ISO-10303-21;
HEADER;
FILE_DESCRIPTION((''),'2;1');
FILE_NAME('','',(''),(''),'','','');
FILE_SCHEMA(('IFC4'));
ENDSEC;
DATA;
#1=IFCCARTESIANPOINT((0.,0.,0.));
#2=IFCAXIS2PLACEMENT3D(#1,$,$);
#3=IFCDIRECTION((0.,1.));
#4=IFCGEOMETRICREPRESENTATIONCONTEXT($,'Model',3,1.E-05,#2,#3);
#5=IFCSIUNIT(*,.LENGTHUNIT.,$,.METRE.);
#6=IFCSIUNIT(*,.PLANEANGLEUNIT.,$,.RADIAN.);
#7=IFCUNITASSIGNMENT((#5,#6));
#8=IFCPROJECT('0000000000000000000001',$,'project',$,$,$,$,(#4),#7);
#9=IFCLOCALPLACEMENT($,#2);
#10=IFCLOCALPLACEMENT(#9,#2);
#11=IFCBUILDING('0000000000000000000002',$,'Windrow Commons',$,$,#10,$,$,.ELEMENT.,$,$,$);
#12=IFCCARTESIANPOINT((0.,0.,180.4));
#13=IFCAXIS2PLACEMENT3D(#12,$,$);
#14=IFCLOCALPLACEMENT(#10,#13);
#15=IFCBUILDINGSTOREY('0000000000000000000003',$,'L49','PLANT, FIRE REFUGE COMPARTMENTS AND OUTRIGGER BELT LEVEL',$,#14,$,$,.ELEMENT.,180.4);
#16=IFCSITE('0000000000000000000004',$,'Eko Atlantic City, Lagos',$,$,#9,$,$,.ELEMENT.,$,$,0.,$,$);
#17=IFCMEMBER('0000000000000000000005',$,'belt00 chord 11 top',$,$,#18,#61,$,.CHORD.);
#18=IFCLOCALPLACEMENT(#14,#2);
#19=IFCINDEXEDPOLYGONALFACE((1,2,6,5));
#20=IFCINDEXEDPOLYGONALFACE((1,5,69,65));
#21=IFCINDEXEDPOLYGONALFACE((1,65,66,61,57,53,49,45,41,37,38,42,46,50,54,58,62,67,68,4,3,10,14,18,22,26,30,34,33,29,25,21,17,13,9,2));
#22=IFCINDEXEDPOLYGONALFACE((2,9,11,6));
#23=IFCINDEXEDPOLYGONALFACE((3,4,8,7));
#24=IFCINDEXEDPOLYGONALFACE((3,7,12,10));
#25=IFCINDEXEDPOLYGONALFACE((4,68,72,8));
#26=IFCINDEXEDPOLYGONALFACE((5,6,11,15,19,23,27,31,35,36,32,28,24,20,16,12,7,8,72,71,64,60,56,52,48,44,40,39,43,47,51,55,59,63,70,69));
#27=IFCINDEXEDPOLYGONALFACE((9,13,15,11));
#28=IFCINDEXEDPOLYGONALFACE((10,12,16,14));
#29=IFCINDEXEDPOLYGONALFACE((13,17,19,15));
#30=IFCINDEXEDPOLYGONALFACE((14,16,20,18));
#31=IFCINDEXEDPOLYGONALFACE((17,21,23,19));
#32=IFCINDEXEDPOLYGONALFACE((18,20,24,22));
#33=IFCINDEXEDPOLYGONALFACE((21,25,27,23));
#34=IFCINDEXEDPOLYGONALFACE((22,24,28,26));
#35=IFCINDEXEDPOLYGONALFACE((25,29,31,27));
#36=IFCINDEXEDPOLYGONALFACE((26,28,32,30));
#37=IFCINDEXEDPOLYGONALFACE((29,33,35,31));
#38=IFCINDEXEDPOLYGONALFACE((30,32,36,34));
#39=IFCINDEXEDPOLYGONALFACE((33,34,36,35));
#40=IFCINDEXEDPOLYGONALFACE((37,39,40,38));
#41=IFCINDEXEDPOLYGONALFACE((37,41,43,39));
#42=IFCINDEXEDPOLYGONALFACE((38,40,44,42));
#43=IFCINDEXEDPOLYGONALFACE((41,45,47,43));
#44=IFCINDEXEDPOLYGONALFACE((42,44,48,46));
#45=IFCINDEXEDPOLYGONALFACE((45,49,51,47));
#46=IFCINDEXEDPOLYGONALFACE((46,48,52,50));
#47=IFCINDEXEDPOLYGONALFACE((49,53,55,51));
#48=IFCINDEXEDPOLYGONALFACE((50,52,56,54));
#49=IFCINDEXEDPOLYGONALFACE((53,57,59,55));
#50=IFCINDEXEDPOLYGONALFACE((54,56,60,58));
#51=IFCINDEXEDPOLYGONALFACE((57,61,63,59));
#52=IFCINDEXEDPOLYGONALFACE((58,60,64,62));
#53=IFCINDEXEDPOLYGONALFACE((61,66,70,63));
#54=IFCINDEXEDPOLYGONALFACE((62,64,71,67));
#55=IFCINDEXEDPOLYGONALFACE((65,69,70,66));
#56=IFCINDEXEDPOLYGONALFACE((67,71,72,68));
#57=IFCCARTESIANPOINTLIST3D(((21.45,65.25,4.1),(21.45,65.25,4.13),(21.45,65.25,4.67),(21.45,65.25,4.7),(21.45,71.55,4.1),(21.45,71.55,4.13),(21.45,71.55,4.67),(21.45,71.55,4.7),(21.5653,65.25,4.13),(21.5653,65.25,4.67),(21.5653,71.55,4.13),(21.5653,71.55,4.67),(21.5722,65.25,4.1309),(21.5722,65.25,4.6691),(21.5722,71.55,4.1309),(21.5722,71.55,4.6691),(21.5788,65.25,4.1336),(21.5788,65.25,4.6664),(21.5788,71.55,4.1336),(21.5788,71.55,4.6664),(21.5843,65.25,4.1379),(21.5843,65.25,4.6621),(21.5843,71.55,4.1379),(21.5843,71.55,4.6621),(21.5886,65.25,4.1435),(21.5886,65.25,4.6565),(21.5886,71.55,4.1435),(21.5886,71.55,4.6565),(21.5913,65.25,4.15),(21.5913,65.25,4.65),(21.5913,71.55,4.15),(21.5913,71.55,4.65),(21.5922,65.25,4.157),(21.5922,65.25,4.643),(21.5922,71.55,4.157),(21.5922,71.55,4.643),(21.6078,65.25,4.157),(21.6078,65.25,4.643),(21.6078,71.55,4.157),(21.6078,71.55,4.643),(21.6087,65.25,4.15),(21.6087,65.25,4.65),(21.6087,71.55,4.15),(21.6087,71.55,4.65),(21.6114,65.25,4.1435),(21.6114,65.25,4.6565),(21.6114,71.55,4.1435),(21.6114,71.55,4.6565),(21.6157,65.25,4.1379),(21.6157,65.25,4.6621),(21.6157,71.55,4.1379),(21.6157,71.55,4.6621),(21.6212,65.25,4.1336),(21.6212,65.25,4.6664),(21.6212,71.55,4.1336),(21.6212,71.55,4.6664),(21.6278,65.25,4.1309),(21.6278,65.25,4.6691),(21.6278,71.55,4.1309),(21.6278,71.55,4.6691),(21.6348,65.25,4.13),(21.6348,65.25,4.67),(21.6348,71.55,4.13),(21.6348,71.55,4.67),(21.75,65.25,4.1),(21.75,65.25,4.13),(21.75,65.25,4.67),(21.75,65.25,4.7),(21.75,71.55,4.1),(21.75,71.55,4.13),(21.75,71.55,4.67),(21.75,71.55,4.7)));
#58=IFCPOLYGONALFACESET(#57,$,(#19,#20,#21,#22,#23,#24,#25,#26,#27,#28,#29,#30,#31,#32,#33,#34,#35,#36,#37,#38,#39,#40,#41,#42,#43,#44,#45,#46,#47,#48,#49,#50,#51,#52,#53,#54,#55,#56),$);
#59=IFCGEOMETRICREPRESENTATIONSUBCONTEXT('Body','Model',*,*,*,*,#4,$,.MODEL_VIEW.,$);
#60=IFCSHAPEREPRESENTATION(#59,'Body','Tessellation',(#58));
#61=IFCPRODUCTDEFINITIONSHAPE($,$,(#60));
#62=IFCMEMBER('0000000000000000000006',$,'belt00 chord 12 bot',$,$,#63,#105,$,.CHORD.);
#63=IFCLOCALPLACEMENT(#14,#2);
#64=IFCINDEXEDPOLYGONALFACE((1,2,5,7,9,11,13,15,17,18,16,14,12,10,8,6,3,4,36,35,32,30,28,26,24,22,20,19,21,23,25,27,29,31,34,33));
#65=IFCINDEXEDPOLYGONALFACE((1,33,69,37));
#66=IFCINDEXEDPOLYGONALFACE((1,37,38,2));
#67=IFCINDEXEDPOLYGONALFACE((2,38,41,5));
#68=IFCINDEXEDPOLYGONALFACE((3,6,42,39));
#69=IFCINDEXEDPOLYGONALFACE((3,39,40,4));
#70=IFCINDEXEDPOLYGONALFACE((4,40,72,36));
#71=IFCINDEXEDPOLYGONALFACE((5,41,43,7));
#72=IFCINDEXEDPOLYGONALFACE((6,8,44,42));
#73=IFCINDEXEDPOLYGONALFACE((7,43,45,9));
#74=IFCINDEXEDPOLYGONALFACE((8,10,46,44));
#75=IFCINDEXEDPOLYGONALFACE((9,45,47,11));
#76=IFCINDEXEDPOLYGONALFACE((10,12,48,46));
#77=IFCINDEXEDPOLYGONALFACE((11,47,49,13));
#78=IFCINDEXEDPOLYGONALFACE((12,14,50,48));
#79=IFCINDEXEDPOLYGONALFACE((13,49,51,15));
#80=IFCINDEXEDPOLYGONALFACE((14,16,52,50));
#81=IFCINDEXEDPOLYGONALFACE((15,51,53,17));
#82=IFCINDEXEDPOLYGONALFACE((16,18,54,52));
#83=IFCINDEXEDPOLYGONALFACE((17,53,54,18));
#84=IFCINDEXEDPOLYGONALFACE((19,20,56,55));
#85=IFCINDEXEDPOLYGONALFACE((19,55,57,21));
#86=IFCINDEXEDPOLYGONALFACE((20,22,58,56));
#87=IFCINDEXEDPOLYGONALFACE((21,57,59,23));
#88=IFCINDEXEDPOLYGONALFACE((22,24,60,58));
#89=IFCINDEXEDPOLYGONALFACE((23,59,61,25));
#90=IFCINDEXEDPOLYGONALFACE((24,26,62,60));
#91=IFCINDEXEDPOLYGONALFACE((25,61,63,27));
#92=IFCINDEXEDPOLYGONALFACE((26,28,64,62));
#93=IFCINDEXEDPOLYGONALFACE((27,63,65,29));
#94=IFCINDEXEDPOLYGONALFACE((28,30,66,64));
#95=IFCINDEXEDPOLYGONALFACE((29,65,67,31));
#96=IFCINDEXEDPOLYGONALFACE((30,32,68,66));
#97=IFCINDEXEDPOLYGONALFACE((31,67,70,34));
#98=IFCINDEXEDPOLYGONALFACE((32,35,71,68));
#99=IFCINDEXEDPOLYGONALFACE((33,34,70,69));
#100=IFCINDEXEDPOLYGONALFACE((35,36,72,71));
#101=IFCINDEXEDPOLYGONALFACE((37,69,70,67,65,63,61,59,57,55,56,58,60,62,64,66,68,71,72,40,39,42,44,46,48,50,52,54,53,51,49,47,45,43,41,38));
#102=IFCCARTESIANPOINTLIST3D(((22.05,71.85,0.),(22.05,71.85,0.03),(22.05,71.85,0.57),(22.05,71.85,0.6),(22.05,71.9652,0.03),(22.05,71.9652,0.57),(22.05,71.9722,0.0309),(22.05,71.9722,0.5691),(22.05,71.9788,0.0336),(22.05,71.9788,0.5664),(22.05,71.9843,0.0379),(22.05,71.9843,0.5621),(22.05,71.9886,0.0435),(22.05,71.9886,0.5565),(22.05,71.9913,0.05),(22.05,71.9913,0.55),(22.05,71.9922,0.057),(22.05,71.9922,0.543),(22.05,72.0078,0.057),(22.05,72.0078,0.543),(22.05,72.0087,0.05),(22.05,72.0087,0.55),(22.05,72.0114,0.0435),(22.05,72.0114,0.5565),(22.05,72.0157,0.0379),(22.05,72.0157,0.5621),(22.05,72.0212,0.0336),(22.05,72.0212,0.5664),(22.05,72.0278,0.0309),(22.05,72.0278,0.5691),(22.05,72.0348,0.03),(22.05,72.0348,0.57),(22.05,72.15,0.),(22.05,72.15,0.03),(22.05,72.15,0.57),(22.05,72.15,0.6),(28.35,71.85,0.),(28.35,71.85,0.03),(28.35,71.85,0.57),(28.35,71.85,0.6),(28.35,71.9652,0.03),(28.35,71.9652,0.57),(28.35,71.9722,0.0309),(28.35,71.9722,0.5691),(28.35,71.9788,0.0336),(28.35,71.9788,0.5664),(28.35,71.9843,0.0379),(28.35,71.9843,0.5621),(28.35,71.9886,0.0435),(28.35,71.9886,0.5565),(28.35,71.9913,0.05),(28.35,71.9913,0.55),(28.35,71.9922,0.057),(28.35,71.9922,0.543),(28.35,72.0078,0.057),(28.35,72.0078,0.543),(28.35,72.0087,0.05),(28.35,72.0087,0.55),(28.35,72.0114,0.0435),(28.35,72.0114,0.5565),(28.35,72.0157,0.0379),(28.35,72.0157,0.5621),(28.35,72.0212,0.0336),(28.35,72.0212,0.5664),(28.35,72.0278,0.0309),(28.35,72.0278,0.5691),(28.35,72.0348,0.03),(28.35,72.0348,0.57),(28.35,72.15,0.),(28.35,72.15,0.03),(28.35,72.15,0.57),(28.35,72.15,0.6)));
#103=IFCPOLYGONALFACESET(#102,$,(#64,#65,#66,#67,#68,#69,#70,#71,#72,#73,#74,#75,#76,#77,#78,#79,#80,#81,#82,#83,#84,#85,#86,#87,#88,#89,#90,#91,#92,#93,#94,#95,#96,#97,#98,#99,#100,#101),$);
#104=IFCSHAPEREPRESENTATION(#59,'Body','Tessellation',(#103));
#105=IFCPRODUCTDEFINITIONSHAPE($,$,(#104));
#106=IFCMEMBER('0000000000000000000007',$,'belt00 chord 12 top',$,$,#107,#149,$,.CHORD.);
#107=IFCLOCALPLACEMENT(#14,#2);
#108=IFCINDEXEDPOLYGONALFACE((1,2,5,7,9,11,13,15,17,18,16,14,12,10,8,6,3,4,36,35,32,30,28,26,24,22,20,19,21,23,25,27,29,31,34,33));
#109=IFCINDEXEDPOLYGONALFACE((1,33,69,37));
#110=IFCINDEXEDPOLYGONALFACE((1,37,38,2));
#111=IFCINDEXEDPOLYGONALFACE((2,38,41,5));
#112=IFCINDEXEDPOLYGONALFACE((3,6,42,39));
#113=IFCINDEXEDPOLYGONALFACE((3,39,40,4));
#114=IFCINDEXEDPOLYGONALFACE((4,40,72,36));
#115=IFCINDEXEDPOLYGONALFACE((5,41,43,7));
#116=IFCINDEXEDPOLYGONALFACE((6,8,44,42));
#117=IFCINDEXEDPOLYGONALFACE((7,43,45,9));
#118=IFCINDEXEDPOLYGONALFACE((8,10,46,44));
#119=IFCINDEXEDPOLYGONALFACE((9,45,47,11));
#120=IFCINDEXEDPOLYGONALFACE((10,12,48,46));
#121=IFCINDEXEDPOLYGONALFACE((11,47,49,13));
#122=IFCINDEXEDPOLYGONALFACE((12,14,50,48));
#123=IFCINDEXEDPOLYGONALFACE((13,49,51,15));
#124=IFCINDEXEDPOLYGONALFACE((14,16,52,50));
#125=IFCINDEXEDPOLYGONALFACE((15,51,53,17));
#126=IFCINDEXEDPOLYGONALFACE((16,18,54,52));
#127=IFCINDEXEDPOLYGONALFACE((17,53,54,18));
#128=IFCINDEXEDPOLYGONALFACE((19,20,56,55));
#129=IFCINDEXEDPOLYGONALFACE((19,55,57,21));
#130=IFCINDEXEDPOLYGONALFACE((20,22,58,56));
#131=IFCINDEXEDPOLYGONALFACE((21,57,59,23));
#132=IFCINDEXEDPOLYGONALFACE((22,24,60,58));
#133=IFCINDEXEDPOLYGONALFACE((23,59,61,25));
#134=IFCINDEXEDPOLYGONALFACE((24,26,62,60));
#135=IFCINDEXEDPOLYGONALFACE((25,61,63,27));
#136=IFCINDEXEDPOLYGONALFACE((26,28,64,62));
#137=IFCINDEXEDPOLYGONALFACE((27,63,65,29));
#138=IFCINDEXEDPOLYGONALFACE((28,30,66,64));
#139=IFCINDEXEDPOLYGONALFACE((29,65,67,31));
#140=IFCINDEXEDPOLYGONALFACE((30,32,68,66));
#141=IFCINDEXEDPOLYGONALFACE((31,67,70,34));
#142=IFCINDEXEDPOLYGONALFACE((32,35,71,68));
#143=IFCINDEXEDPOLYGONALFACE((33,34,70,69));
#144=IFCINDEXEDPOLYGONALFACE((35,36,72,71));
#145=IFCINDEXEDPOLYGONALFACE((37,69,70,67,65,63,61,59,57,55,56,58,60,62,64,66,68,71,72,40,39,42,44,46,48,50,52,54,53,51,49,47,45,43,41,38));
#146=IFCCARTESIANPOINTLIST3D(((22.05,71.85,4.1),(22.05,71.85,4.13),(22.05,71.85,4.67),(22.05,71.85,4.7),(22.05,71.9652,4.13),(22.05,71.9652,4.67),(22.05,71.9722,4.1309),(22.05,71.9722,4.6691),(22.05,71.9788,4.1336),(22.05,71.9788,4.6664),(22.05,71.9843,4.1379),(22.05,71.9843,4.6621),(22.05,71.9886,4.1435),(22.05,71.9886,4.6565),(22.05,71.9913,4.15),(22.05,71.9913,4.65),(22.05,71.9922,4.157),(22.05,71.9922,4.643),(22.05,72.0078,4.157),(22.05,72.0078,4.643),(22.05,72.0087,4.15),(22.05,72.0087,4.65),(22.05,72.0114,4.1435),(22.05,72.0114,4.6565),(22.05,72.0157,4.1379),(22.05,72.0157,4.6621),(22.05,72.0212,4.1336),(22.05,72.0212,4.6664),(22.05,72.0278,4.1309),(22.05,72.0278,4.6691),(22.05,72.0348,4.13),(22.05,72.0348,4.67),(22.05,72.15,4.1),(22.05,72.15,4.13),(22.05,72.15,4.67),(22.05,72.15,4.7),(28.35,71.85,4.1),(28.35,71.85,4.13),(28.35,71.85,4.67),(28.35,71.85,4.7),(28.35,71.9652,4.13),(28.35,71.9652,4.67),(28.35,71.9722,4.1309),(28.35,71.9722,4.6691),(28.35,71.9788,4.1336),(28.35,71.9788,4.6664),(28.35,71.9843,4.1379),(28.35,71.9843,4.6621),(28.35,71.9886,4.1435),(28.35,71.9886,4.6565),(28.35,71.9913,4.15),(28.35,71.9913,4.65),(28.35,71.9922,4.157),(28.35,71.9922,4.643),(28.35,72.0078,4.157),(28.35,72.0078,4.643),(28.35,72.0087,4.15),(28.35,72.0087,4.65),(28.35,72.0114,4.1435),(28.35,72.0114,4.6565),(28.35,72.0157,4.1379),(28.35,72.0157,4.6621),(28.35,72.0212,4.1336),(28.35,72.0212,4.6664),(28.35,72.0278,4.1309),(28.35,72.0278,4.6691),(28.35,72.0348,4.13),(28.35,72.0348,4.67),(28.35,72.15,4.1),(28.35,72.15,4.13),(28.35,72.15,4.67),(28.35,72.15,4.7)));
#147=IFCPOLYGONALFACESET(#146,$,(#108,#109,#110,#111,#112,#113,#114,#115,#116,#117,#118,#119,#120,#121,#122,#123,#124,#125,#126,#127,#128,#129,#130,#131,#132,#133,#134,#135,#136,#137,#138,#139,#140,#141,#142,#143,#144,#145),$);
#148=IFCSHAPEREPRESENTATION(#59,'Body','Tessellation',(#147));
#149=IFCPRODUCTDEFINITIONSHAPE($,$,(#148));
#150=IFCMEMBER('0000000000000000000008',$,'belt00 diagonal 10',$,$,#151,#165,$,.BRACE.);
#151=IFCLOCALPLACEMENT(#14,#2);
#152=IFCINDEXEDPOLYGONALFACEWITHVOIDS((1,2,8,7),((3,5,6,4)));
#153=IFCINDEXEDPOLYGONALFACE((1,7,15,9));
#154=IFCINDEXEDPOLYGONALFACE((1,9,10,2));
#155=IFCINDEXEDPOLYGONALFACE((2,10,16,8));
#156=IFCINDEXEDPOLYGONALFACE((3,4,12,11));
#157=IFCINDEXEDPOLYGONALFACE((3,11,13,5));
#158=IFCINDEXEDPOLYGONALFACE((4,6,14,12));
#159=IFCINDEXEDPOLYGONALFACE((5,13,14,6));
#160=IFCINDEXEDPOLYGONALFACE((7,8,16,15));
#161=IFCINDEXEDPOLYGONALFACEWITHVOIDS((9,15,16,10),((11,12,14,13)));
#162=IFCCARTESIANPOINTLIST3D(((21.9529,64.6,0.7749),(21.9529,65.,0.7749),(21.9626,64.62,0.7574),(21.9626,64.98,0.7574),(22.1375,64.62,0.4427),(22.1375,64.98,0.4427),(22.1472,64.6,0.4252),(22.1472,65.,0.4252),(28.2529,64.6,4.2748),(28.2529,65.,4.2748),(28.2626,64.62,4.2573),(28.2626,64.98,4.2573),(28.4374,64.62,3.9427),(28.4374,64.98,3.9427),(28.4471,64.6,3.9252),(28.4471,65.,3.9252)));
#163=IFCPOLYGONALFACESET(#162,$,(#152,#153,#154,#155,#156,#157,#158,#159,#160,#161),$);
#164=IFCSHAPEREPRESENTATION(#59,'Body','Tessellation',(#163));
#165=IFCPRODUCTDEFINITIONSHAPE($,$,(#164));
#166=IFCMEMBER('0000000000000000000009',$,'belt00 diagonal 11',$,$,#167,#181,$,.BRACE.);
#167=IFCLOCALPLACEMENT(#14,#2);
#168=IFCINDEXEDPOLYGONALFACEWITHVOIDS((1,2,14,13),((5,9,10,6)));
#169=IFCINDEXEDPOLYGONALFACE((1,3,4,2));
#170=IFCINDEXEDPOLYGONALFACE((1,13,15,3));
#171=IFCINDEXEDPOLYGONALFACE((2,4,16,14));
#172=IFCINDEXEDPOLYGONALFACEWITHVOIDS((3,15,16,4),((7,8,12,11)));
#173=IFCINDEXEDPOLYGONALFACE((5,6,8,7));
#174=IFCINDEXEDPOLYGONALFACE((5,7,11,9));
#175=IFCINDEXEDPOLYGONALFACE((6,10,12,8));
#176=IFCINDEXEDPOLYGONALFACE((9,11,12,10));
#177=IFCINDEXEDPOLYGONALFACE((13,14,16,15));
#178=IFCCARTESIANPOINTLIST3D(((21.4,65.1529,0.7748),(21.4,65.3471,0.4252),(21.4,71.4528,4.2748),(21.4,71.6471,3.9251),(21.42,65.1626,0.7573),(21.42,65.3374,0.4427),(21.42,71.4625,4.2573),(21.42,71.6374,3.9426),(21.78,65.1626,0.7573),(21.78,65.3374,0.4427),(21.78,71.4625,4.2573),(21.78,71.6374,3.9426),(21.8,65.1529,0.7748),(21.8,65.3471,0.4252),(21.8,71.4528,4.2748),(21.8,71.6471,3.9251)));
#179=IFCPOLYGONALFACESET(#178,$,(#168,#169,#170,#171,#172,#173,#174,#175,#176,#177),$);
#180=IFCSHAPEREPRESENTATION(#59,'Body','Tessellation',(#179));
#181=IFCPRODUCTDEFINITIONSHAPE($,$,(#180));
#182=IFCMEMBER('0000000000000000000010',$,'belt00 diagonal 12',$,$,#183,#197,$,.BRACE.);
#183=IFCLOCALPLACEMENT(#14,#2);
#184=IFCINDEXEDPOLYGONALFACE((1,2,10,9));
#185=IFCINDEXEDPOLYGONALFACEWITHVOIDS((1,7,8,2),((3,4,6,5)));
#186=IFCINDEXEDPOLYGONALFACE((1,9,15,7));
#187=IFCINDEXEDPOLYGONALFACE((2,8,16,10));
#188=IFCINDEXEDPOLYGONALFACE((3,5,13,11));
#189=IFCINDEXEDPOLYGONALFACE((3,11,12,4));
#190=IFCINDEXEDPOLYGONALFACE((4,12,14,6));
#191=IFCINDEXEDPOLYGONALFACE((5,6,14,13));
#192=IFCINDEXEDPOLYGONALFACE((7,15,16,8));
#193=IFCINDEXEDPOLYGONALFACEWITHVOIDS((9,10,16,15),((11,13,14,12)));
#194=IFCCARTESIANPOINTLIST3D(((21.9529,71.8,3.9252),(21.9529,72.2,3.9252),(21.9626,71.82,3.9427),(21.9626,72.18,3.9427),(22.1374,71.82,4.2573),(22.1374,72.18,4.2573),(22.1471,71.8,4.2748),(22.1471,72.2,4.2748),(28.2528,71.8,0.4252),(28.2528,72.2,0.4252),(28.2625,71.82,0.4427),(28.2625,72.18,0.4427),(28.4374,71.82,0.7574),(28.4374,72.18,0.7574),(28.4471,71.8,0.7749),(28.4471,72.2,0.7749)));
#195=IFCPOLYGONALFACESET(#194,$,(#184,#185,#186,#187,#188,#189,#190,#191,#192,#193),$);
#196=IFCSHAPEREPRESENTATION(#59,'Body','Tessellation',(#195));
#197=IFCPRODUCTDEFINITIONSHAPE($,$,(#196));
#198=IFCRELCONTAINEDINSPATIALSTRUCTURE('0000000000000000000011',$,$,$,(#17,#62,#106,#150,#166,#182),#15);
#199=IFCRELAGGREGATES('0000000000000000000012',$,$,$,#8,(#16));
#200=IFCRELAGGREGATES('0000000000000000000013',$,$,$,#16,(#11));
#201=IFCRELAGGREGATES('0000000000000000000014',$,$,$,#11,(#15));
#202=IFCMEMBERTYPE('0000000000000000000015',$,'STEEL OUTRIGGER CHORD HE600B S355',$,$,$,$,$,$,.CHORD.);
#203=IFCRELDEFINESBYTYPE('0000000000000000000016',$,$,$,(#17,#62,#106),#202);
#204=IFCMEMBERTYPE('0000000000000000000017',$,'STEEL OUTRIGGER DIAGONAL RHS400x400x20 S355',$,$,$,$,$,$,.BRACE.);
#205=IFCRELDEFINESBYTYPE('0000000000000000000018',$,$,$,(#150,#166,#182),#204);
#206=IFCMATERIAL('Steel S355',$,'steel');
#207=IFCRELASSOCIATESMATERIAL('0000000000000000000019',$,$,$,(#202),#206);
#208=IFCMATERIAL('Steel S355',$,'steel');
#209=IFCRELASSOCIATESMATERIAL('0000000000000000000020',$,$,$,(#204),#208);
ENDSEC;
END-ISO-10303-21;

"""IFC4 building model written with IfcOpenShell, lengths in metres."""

from ifc_helpers import new_model, si_unit, direction, frame, origin, origin_2d, place, context, subcontext, project, spatial, hollow_rectangle, i_section, extrude, material, material_profile, profile_set, type_object, element, save


model = new_model("IFC4")

# Units and contexts
model_context = context("Model", 3, precision=1e-05, world=origin(), true_north=direction((0.0, 1.0)))
body_context = subcontext(model_context, "Body", "Model", "MODEL_VIEW")
ifc_project = project(units=[si_unit("LENGTHUNIT", "METRE"), si_unit("PLANEANGLEUNIT", "RADIAN")], contexts=[model_context])

# Site, building, storey
site_placement = place(None, origin())
site = spatial("IfcSite", under=ifc_project, at=site_placement, Name="Eko Atlantic City, Lagos", CompositionType="ELEMENT", RefElevation=0.0)
building_placement = place(site_placement, origin())
building = spatial("IfcBuilding", under=site, at=building_placement, Name="Windrow Commons", CompositionType="ELEMENT")
storey_placement = place(building_placement, frame((0.0, 0.0, 180.4)))
storey = spatial("IfcBuildingStorey", under=building, at=storey_placement, Name="L49", Description="PLANT, FIRE REFUGE COMPARTMENTS AND OUTRIGGER BELT LEVEL", CompositionType="ELEMENT", Elevation=180.4)

# Members
ifc_material_1 = material(Name="Steel S355", Category="steel")
ifc_material_profile_1 = material_profile(ifc_material_1, i_section(OverallWidth=0.3, OverallDepth=0.6, WebThickness=0.0155, FlangeThickness=0.03, FilletRadius=0.027, at=origin_2d()))
ifc_profile_set_1 = profile_set([ifc_material_profile_1], Name="Steel S355")
member_type_1 = type_object("IfcMemberType", Name="STEEL OUTRIGGER CHORD HE600B S355", PredefinedType="CHORD", material=ifc_profile_set_1)
for number, where, z_axis, x_axis, name in (
    (1, (21.6, 65.25, 4.4), (0.0, 1.0, 0.0), (-1.0, 0.0, 0.0), "belt00 chord 11 top"),
    (2, (22.05, 72.0, 0.3), (1.0, 0.0, 0.0), (0.0, 1.0, 0.0), "belt00 chord 12 bot"),
    (3, (22.05, 72.0, 4.4), (1.0, 0.0, 0.0), (0.0, 1.0, 0.0), "belt00 chord 12 top"),
):
    element("IfcMember", number, at=place(storey_placement, frame(where, z_axis=z_axis, x_axis=x_axis)), inside=storey, type_object=member_type_1, Name=name, PredefinedType="CHORD", context=body_context, shape_type="SweptSolid", body=[
        extrude(i_section(OverallWidth=0.3, OverallDepth=0.6, WebThickness=0.0155, FlangeThickness=0.03, FilletRadius=0.027, at=origin_2d()), origin(), (0.0, 0.0, 1.0), 6.3),
    ])
ifc_material_2 = material(Name="Steel S355", Category="steel")
ifc_material_profile_2 = material_profile(ifc_material_2, hollow_rectangle(XDim=0.4, YDim=0.4, WallThickness=0.02, at=origin_2d()))
ifc_profile_set_2 = profile_set([ifc_material_profile_2], Name="Steel S355")
member_type_2 = type_object("IfcMemberType", Name="STEEL OUTRIGGER DIAGONAL RHS400x400x20 S355", PredefinedType="BRACE", material=ifc_profile_set_2)
for number, where, z_axis, x_axis, name in (
    (4, (28.35, 64.8, 4.1), (-0.874157, 0.0, -0.485643), (0.0, -1.0, 0.0), "belt00 diagonal 10"),
    (5, (21.6, 65.25, 0.6), (0.0, 0.874157, 0.485643), (-1.0, 0.0, 0.0), "belt00 diagonal 11"),
    (6, (22.05, 72.0, 4.1), (0.874157, 0.0, -0.485643), (0.0, 1.0, 0.0), "belt00 diagonal 12"),
):
    element("IfcMember", number, at=place(storey_placement, frame(where, z_axis=z_axis, x_axis=x_axis)), inside=storey, type_object=member_type_2, Name=name, PredefinedType="BRACE", context=body_context, shape_type="SweptSolid", body=[
        extrude(hollow_rectangle(XDim=0.4, YDim=0.4, WallThickness=0.02, at=origin_2d()), origin(), (0.0, 0.0, 1.0), 7.2069),
    ])

save(model, "model.ifc")
